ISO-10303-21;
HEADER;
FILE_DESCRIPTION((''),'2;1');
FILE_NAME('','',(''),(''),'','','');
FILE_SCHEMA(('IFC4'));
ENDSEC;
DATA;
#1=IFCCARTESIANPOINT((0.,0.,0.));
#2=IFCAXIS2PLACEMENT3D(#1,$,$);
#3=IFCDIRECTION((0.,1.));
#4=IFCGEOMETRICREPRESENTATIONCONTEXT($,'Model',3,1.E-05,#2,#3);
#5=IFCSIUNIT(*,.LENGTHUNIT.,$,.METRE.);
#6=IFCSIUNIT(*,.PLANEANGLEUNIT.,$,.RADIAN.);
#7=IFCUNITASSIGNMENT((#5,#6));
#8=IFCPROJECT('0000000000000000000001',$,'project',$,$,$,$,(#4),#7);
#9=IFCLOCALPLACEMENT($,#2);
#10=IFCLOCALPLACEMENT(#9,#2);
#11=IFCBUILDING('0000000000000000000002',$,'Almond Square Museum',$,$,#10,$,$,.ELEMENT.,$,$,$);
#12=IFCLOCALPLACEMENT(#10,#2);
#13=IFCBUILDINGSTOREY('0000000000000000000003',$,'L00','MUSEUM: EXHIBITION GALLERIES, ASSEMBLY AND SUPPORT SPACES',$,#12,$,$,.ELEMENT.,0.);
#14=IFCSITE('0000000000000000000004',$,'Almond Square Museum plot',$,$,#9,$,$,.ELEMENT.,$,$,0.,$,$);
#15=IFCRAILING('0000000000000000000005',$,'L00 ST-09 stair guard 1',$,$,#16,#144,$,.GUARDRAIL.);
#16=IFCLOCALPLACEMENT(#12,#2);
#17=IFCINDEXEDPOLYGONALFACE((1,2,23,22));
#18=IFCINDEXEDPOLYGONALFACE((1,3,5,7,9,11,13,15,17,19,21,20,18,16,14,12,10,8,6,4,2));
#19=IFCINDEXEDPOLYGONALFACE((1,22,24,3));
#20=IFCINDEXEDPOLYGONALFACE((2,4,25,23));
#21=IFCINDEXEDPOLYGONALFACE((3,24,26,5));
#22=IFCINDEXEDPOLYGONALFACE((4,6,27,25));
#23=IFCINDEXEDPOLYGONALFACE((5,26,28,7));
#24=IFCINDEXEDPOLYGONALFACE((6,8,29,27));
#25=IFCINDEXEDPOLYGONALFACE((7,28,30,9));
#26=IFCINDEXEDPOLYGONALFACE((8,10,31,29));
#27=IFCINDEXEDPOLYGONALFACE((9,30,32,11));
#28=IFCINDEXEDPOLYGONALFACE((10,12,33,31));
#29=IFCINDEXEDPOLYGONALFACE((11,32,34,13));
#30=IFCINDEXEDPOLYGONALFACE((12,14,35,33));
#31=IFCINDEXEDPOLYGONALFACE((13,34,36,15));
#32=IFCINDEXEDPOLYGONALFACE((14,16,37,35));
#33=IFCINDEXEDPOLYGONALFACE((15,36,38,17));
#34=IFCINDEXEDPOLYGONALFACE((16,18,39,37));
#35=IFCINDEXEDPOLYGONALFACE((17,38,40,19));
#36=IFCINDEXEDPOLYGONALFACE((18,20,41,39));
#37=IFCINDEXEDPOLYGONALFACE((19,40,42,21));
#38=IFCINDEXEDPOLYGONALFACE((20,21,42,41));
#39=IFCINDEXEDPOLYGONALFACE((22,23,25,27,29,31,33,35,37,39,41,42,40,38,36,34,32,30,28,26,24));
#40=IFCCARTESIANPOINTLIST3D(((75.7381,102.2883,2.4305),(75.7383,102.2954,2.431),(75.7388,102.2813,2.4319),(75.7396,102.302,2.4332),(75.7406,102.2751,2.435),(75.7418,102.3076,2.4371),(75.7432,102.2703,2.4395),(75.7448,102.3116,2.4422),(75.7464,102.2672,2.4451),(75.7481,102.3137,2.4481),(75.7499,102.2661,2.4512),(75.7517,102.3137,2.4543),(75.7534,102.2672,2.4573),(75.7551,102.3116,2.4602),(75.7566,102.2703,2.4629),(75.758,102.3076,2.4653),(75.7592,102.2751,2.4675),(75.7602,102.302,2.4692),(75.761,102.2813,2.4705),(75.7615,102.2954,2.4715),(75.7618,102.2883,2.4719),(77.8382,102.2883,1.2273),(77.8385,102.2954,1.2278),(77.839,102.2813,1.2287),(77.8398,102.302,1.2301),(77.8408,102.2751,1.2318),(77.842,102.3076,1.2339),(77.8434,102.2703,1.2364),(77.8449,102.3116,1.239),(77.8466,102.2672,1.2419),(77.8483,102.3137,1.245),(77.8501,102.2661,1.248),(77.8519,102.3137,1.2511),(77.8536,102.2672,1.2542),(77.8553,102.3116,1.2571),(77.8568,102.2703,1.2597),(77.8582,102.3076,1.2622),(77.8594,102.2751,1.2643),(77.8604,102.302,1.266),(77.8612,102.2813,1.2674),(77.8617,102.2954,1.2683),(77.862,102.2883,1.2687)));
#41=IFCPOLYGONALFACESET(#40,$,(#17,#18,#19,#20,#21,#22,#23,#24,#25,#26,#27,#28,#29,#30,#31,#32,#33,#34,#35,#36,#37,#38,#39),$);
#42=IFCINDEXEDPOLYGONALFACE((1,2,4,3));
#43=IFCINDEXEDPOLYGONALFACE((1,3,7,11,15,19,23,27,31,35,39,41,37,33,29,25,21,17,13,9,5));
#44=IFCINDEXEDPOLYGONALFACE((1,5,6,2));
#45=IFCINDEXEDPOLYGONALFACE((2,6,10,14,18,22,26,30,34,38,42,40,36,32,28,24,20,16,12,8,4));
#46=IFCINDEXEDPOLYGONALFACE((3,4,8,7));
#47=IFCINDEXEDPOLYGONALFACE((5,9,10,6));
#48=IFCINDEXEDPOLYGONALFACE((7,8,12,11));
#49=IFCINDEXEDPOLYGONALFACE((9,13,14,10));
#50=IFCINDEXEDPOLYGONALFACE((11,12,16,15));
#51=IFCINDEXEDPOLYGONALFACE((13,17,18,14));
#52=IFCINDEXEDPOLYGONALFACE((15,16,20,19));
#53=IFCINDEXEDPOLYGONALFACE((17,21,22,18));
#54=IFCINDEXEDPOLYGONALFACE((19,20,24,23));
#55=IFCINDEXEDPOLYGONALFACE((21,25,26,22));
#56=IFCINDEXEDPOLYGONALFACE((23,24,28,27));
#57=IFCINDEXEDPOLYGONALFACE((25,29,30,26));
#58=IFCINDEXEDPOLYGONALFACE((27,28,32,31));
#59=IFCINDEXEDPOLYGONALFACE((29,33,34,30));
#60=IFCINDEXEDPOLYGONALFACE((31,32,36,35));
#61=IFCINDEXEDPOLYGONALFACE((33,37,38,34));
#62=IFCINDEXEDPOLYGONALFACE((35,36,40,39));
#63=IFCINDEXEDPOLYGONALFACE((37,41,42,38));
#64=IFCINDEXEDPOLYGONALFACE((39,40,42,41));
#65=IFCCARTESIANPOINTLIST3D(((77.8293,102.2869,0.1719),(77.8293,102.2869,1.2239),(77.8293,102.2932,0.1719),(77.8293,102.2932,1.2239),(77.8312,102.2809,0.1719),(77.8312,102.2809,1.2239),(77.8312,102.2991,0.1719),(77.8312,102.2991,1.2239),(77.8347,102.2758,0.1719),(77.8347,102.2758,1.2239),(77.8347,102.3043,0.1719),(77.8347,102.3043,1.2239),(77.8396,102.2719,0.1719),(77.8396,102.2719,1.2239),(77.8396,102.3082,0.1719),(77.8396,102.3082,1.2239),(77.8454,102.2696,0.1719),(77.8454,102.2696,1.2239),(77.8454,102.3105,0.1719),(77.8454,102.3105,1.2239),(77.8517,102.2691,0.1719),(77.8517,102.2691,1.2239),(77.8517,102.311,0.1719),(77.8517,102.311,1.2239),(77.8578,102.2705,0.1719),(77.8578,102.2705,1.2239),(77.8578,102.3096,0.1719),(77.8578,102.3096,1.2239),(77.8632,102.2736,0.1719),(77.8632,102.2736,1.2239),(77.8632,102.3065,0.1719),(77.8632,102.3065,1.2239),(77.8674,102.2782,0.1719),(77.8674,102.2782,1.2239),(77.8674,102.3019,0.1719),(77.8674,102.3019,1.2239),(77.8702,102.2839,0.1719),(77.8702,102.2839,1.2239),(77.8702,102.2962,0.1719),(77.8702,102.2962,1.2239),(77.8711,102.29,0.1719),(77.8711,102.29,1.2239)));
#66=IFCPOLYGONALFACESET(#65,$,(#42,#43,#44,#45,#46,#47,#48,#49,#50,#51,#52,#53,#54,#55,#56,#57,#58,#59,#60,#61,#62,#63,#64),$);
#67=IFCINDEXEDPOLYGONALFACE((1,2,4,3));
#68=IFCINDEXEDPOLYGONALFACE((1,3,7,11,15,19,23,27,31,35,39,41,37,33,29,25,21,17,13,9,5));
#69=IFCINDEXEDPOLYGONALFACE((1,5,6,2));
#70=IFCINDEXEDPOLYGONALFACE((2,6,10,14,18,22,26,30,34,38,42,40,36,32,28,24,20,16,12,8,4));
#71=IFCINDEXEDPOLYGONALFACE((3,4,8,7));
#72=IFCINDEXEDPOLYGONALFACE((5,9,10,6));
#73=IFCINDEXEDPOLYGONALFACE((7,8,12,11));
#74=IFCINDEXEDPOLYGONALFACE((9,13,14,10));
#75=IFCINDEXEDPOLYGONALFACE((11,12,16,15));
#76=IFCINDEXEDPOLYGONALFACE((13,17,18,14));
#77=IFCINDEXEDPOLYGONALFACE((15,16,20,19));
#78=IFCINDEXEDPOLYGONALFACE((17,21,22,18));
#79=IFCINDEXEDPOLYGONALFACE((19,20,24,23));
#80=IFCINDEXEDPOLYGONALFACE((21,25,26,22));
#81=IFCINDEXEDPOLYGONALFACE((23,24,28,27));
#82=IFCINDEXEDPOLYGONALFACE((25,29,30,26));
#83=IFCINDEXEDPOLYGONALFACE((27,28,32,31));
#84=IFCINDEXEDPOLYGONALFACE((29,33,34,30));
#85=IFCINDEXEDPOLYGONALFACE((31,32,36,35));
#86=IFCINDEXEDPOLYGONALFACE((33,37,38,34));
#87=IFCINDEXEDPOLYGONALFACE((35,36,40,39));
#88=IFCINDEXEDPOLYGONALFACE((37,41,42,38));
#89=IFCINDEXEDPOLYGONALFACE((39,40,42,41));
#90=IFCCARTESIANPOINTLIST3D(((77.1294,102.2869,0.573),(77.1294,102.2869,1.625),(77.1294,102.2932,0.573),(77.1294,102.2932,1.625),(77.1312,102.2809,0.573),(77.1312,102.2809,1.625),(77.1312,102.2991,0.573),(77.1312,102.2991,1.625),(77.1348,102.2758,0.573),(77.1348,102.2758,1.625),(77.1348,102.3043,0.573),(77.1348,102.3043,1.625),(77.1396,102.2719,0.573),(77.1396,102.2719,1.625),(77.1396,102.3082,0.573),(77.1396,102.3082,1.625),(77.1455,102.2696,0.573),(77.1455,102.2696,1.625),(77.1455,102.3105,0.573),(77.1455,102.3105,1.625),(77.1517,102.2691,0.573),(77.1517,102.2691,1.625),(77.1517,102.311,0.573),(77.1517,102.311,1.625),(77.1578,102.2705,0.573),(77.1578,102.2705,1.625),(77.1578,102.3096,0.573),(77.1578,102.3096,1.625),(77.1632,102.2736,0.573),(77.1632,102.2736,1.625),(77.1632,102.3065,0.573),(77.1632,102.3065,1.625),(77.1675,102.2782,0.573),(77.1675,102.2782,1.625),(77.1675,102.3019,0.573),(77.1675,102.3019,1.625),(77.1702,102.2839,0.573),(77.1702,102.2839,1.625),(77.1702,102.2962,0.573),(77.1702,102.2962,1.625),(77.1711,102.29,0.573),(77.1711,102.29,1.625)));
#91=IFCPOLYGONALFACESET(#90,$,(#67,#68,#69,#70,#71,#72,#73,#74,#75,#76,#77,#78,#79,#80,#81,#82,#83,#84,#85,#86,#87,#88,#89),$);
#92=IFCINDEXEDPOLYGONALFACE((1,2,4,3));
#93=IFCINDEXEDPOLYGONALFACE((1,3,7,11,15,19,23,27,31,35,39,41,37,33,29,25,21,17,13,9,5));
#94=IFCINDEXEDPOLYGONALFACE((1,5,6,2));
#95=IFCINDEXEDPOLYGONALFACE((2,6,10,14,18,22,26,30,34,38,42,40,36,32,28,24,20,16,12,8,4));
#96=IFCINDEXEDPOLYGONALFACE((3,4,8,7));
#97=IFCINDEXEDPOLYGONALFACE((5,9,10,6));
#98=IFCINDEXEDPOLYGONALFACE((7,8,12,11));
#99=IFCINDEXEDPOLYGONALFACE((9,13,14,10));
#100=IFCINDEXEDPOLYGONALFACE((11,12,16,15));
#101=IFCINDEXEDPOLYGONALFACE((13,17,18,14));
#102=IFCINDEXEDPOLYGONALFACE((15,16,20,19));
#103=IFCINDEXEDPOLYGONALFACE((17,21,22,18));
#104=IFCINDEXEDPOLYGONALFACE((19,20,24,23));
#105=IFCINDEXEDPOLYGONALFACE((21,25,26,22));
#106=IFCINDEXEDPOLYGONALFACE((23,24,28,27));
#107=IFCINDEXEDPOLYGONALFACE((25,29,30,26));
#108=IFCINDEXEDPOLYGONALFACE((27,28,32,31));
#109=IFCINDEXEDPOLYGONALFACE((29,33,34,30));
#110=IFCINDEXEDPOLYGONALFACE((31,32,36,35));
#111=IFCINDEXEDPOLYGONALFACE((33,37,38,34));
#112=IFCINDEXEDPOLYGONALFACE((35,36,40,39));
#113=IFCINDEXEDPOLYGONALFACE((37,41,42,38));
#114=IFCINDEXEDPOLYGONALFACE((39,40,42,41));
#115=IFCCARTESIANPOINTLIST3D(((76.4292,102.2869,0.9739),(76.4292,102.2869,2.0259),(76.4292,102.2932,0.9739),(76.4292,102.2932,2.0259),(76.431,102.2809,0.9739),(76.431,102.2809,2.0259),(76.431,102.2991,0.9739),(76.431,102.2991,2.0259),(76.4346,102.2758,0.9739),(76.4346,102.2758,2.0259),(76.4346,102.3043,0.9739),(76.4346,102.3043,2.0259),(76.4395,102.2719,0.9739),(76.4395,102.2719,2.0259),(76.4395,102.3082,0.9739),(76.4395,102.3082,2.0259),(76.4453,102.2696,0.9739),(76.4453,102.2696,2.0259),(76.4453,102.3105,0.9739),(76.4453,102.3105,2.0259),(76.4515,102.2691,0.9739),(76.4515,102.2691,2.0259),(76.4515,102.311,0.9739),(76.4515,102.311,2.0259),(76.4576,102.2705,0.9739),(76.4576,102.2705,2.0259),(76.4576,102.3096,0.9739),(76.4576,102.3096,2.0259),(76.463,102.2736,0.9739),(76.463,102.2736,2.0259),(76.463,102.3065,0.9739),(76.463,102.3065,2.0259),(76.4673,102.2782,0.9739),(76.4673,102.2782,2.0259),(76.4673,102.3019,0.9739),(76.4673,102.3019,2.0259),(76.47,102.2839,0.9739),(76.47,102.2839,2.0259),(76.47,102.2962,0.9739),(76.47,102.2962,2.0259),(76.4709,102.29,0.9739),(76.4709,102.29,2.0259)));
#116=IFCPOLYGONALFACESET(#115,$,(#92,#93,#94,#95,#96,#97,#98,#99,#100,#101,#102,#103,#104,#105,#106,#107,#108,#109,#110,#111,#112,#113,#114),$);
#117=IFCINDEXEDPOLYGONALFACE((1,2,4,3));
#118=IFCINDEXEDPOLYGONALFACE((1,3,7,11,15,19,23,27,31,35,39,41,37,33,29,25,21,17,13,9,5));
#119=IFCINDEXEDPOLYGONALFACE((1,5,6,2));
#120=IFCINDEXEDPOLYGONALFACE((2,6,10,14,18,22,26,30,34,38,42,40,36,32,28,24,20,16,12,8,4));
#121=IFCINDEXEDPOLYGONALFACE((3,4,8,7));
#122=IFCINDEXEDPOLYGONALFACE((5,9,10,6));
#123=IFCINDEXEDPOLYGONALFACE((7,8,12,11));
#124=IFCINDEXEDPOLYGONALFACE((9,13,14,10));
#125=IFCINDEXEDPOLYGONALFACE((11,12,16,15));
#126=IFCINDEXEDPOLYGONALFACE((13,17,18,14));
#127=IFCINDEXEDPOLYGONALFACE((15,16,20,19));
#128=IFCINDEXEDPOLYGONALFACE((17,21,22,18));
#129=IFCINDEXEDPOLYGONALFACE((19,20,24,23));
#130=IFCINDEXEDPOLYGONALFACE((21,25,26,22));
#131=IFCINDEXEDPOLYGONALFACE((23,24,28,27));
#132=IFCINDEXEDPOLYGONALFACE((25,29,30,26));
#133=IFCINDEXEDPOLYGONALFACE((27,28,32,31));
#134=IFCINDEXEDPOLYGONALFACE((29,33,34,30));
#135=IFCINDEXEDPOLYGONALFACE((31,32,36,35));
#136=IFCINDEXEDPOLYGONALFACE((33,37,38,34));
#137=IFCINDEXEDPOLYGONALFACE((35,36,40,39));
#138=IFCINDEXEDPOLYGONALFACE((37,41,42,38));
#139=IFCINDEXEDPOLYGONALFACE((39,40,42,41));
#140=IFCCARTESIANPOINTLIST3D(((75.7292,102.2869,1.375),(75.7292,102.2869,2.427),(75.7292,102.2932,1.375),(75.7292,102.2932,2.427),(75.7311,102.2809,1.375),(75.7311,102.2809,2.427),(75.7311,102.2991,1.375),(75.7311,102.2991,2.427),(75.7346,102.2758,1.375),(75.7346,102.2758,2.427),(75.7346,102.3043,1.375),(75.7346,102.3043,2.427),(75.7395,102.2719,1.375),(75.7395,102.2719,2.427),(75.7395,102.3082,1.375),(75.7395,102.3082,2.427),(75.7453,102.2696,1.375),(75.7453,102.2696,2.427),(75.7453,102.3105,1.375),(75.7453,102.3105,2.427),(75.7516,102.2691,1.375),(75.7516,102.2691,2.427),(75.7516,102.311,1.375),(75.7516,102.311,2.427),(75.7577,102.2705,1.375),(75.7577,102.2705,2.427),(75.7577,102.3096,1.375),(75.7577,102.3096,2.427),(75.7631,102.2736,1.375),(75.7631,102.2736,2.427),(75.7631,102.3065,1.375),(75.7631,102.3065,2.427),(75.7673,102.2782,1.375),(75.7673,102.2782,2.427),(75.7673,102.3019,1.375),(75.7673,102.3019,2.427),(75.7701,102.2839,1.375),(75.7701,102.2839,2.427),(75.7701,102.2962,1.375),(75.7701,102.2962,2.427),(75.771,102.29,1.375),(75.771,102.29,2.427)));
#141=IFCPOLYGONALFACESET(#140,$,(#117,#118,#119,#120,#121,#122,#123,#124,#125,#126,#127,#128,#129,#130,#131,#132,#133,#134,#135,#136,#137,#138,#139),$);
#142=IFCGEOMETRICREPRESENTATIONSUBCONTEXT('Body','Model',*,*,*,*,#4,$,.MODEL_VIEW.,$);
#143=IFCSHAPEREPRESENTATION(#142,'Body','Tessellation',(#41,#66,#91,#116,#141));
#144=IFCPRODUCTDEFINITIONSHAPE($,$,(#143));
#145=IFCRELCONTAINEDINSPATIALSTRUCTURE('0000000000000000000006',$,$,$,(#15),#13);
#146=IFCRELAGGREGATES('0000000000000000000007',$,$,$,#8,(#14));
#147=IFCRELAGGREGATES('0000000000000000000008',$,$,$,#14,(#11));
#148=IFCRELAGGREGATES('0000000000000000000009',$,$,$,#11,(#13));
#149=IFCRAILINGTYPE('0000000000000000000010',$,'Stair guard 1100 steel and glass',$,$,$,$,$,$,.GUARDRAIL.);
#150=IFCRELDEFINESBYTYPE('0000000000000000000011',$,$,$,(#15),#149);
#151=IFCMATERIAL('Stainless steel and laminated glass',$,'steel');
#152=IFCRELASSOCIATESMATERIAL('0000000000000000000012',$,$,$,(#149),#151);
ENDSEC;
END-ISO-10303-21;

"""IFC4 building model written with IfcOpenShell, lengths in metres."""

from ifc_helpers import new_model, si_unit, direction, frame, origin, origin_2d, place, context, subcontext, project, spatial, circle, extrude, material, type_object, element, save


model = new_model("IFC4")

# Units and contexts
model_context = context("Model", 3, precision=1e-05, world=origin(), true_north=direction((0.0, 1.0)))
body_context = subcontext(model_context, "Body", "Model", "MODEL_VIEW")
ifc_project = project(units=[si_unit("LENGTHUNIT", "METRE"), si_unit("PLANEANGLEUNIT", "RADIAN")], contexts=[model_context])

# Site, building, storey
site_placement = place(None, origin())
site = spatial("IfcSite", under=ifc_project, at=site_placement, Name="Almond Square Museum plot", CompositionType="ELEMENT", RefElevation=0.0)
building_placement = place(site_placement, origin())
building = spatial("IfcBuilding", under=site, at=building_placement, Name="Almond Square Museum", CompositionType="ELEMENT")
storey_placement = place(building_placement, origin())
storey = spatial("IfcBuildingStorey", under=building, at=storey_placement, Name="L00", Description="MUSEUM: EXHIBITION GALLERIES, ASSEMBLY AND SUPPORT SPACES", CompositionType="ELEMENT", Elevation=0.0)

# Railing
ifc_material_1 = material(Name="Stainless steel and laminated glass", Category="steel")
railing_type_1 = type_object("IfcRailingType", Name="Stair guard 1100 steel and glass", PredefinedType="GUARDRAIL", material=ifc_material_1)
railing_1_placement = place(storey_placement, frame((77.8501, 102.29, 0.1719)))
element("IfcRailing", 1, at=railing_1_placement, inside=storey, type_object=railing_type_1, Name="L00 ST-09 stair guard 1", PredefinedType="GUARDRAIL", context=body_context, shape_type="SweptSolid", body=[
    extrude(circle(Radius=0.0239, at=origin_2d()), frame((0.0, 0.0, 1.0762), z_axis=(-0.867696, 0.0, 0.497095), x_axis=(0.0, -1.0, 0.0)), (0.0, 0.0, 1.0), 2.4204),
    extrude(circle(Radius=0.021, at=origin_2d()), origin(), (0.0, 0.0, 1.0), 1.052),
    extrude(circle(Radius=0.021, at=origin_2d()), frame((-0.7, 0.0, 0.4011)), (0.0, 0.0, 1.0), 1.052),
    extrude(circle(Radius=0.021, at=origin_2d()), frame((-1.4001, 0.0, 0.802)), (0.0, 0.0, 1.0), 1.052),
    extrude(circle(Radius=0.021, at=origin_2d()), frame((-2.1001, 0.0, 1.2031)), (0.0, 0.0, 1.0), 1.052),
])

save(model, "model.ifc")
